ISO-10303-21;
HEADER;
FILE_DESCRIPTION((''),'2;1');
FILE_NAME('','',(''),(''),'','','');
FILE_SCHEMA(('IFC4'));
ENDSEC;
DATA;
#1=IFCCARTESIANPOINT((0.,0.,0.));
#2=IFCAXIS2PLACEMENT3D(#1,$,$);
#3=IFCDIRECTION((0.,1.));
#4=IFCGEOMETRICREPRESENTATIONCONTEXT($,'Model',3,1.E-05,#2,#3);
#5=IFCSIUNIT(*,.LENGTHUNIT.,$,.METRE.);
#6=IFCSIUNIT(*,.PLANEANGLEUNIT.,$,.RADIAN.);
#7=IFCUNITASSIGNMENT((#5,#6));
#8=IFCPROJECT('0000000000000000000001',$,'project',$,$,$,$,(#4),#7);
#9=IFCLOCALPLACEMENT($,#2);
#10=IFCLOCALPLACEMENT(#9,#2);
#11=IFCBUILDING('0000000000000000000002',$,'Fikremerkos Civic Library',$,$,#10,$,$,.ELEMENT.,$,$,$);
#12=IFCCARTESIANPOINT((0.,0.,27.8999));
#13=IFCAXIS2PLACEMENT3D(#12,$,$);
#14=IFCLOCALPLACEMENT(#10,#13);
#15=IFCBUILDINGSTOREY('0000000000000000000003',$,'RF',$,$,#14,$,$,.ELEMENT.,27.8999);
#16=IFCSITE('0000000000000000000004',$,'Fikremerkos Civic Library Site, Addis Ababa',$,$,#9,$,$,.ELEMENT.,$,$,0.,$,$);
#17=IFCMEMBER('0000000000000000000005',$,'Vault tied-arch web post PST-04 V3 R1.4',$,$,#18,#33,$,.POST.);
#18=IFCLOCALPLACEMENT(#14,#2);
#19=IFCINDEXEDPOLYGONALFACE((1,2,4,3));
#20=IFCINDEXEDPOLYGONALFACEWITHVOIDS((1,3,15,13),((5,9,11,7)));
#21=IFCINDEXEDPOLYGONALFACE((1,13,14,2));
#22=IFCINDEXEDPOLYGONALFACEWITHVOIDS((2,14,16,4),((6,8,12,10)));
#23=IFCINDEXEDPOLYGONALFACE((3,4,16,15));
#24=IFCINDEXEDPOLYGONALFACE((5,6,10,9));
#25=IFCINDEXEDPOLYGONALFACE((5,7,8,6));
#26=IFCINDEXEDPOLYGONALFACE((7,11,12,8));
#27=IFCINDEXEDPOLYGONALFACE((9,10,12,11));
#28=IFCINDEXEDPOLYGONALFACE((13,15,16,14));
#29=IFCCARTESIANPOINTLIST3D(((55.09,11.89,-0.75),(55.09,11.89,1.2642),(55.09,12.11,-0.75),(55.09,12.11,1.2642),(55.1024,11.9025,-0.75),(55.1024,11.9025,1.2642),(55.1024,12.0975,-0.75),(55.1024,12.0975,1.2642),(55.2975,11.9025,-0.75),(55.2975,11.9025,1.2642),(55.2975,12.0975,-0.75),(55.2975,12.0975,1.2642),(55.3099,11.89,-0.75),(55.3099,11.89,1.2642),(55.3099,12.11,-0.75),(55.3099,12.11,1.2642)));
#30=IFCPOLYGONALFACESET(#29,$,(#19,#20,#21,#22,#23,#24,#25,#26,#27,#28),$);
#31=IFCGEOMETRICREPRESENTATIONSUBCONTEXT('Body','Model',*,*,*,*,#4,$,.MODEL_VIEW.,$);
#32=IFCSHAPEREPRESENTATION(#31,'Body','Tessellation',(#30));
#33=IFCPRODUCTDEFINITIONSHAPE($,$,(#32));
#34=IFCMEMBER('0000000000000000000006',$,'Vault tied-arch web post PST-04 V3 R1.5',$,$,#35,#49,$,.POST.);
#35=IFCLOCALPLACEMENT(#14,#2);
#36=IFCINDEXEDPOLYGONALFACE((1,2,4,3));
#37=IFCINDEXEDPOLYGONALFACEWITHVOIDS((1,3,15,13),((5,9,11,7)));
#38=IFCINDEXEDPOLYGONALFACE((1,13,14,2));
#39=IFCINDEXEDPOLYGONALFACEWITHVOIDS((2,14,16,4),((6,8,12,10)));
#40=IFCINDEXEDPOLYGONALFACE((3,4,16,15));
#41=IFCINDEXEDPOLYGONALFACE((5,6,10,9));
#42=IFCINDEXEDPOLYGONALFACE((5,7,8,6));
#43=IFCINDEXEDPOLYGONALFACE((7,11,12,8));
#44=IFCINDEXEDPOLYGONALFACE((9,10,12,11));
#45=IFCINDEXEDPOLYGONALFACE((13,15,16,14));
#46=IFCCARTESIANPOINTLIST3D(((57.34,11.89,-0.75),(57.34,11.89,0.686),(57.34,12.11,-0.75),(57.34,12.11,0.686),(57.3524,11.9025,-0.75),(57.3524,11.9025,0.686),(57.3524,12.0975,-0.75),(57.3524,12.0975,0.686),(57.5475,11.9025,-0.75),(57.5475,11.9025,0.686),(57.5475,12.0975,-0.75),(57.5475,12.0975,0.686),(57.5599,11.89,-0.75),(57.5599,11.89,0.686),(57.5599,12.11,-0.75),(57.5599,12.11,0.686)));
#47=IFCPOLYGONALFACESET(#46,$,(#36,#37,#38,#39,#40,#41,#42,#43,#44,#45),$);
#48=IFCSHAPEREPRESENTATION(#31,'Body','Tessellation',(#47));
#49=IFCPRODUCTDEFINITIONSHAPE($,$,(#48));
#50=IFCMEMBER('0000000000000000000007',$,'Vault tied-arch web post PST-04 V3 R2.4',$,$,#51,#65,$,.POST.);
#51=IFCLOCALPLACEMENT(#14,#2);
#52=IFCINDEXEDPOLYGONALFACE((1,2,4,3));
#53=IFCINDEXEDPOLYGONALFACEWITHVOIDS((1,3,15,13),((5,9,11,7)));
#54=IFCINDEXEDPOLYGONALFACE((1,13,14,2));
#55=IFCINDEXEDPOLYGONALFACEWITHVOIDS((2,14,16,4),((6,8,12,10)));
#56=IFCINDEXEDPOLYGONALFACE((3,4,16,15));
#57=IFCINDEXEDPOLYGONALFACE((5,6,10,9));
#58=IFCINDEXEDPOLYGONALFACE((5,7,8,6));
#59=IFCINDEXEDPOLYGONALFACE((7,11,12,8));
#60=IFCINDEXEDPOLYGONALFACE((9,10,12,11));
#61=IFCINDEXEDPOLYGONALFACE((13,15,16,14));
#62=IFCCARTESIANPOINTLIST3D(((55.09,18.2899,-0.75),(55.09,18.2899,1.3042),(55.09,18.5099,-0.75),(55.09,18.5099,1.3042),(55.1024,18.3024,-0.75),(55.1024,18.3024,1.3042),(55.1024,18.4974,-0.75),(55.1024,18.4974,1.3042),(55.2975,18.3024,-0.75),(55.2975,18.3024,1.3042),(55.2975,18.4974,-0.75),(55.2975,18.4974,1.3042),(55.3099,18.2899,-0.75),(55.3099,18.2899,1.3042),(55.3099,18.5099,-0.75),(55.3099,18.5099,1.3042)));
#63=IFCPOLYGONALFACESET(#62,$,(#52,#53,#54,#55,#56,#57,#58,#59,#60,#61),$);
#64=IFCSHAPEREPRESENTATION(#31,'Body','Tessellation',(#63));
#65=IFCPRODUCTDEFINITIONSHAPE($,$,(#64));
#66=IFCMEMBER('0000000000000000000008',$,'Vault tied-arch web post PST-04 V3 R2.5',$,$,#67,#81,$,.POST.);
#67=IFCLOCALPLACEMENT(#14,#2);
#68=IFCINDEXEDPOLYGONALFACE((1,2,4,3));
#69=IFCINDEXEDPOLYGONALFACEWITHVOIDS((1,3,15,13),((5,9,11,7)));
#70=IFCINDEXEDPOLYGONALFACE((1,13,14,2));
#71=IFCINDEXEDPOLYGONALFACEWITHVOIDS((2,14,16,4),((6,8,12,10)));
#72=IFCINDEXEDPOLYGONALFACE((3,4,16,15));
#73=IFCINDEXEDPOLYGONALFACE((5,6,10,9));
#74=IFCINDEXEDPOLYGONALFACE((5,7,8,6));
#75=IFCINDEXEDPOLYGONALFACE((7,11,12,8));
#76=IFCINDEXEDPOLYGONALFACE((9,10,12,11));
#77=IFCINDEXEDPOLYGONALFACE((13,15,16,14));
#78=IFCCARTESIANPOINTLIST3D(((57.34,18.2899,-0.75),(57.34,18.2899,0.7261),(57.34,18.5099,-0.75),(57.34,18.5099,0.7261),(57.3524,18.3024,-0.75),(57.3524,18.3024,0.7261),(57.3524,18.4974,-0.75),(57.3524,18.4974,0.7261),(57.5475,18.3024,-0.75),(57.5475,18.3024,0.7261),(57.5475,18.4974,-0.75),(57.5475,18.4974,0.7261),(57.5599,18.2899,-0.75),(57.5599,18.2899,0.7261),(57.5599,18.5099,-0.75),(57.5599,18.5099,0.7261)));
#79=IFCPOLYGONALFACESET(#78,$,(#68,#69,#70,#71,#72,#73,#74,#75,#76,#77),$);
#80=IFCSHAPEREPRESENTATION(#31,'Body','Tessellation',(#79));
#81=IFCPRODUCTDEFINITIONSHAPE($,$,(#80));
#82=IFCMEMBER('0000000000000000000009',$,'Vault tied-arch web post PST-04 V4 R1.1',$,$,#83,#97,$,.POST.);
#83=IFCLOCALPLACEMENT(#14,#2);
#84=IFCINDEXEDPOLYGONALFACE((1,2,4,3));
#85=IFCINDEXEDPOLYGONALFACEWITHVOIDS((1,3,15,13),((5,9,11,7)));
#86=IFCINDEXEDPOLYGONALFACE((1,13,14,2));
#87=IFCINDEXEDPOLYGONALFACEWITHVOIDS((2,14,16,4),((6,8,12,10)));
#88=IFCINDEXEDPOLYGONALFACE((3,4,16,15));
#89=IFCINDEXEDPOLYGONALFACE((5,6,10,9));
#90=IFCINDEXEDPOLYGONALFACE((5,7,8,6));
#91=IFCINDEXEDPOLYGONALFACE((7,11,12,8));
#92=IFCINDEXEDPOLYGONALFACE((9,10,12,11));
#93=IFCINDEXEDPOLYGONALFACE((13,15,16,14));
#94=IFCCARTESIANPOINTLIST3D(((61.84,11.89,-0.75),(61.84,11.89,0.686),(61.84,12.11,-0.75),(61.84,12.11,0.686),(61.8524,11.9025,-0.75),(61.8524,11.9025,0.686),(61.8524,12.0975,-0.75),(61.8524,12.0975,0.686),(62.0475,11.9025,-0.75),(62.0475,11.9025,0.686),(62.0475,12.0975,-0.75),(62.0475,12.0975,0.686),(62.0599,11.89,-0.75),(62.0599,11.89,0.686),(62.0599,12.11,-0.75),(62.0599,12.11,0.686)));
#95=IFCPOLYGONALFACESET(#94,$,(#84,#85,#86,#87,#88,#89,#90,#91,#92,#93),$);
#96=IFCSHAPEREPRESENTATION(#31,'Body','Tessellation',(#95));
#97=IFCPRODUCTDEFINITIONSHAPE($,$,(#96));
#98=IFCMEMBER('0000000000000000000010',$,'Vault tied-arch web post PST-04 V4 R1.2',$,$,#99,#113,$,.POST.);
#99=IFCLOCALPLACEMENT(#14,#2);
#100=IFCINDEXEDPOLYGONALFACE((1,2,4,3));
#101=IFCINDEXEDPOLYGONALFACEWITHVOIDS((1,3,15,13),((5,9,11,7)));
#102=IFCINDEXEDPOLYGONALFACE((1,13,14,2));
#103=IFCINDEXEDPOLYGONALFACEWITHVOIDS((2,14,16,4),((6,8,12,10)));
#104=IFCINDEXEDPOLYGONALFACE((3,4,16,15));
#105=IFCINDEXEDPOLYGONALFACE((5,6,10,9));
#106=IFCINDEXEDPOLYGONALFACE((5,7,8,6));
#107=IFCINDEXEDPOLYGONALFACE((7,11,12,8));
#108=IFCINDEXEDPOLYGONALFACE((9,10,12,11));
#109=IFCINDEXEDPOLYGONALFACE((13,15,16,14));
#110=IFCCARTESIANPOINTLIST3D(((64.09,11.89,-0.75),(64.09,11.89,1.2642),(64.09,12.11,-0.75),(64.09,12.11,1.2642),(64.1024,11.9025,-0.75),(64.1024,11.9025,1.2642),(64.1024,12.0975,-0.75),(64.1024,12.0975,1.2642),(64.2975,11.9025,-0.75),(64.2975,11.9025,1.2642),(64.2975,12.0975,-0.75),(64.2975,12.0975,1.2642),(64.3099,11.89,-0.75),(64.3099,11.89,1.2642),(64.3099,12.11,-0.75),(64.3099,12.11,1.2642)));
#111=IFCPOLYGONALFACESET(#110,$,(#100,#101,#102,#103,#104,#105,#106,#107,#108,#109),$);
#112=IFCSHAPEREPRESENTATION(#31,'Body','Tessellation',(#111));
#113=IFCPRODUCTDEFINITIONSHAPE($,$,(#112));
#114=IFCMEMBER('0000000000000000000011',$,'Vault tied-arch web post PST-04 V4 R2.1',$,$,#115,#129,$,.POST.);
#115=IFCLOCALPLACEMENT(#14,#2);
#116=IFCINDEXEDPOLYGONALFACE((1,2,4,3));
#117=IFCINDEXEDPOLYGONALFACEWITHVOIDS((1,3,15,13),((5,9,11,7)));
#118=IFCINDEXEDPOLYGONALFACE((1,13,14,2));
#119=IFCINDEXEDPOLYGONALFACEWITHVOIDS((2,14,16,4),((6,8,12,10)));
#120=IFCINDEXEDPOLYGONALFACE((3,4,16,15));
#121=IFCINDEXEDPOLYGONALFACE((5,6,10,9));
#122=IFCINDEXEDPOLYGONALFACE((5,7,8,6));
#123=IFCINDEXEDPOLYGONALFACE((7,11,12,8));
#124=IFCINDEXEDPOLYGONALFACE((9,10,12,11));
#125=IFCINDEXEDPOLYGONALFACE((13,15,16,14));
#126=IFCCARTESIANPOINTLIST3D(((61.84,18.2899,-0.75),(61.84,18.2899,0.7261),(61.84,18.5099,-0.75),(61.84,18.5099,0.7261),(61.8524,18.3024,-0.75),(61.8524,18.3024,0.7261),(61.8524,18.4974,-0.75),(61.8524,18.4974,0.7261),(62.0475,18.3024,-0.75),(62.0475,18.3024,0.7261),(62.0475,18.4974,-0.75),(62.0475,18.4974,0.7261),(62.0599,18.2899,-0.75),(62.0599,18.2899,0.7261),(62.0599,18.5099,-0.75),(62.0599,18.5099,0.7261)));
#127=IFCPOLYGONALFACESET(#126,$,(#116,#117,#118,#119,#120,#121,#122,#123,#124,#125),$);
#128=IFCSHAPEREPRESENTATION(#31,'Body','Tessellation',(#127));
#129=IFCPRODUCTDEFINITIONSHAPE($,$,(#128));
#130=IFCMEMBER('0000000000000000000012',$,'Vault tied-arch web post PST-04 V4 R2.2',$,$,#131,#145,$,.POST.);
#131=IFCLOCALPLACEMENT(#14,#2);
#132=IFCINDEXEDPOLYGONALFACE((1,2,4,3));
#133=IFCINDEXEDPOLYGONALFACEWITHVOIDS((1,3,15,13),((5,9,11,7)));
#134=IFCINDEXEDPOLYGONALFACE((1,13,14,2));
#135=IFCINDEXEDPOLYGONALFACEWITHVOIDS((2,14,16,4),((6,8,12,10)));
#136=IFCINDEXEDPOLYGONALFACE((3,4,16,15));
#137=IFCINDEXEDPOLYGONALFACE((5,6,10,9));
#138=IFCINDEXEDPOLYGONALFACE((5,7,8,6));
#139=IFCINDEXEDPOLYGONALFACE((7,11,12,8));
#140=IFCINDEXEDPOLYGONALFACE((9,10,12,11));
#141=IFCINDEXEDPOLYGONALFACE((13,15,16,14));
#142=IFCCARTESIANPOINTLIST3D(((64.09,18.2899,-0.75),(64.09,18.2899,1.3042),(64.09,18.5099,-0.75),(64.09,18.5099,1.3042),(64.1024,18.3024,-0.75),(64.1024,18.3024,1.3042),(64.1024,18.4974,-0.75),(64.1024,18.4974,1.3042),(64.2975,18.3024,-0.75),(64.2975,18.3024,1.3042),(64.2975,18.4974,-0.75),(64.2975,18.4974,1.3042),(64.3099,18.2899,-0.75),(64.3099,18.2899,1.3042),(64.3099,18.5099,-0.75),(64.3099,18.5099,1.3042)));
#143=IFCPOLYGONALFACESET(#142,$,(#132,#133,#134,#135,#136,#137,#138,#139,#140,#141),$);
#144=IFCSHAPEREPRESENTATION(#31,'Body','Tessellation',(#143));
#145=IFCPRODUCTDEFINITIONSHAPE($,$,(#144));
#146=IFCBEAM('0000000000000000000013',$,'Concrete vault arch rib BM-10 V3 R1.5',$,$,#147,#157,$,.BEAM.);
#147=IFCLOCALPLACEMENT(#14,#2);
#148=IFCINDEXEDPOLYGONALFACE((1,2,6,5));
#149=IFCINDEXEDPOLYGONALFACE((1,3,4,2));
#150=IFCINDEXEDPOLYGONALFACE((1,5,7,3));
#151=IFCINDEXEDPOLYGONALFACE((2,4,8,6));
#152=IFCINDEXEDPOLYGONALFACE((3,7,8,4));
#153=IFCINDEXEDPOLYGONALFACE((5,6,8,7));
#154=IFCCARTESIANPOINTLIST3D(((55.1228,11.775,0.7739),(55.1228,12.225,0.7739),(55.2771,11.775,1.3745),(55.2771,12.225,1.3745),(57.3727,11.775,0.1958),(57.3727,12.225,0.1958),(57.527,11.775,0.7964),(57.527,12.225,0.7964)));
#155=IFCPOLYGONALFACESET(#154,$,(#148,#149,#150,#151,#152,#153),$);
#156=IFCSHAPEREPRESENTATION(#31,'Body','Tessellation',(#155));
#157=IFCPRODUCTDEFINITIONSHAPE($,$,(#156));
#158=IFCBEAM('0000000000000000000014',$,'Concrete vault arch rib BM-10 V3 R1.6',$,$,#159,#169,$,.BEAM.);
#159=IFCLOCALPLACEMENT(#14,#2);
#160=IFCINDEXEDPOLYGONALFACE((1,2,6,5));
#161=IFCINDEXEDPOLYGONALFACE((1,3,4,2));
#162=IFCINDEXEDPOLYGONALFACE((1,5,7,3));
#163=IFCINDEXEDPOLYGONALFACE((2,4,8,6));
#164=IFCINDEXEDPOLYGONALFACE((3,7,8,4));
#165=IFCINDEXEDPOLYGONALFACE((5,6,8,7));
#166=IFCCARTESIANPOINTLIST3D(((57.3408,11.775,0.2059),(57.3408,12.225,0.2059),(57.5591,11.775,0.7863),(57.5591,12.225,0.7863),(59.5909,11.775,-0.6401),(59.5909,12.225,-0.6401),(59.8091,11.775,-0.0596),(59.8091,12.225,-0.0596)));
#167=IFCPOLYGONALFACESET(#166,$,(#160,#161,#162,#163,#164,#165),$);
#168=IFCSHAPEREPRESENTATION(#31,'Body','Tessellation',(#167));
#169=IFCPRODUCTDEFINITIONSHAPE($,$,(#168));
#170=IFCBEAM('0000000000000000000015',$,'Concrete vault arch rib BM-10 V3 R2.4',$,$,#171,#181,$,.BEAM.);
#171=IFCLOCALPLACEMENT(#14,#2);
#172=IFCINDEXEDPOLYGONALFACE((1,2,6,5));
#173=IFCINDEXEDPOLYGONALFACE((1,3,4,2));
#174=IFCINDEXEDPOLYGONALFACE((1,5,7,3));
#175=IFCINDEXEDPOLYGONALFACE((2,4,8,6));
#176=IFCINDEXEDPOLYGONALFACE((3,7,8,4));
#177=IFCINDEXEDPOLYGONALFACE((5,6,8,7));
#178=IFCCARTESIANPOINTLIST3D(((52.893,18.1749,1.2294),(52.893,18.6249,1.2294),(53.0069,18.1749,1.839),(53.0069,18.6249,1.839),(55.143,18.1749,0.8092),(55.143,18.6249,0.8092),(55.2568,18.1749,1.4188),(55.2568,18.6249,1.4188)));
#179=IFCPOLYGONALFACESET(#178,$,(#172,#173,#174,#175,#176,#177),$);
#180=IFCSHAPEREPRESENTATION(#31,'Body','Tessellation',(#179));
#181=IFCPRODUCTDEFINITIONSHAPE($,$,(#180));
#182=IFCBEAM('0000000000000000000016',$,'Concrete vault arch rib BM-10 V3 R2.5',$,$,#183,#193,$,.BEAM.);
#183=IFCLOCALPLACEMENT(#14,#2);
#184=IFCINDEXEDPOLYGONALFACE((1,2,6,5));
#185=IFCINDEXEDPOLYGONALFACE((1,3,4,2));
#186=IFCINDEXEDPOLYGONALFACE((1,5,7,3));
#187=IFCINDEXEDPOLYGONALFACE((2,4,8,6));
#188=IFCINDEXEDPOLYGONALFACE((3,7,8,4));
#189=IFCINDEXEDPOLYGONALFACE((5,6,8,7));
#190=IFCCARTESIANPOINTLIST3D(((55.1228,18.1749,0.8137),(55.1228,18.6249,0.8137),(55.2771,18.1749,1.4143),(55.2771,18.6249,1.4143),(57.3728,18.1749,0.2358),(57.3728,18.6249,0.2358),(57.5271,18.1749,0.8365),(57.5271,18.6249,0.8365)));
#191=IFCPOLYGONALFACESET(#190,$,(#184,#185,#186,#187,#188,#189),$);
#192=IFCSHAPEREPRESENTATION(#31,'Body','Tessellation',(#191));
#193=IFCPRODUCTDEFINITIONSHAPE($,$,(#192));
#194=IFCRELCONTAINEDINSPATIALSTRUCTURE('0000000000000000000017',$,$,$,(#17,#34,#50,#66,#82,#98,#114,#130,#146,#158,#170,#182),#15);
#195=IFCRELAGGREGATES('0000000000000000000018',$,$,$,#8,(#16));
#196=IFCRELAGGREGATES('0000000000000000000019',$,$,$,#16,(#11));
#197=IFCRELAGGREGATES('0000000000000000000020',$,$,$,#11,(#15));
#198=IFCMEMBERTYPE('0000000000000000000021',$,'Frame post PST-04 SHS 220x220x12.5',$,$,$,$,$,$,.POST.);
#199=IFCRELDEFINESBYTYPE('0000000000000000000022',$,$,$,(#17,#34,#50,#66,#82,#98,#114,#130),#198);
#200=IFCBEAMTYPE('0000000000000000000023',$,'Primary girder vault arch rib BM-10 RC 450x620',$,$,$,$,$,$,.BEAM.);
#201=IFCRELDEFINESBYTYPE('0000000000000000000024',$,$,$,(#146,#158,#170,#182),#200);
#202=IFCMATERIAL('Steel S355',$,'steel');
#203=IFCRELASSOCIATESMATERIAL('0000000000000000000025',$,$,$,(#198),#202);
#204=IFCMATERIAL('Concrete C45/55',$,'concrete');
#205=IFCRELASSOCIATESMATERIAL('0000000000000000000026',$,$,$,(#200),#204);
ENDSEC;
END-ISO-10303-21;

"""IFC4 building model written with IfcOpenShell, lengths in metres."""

from ifc_helpers import new_model, si_unit, direction, frame, origin, origin_2d, place, context, subcontext, project, spatial, rectangle, hollow_rectangle, extrude, material, material_profile, profile_set, type_object, element, save


model = new_model("IFC4")

# Units and contexts
model_context = context("Model", 3, precision=1e-05, world=origin(), true_north=direction((0.0, 1.0)))
body_context = subcontext(model_context, "Body", "Model", "MODEL_VIEW")
ifc_project = project(units=[si_unit("LENGTHUNIT", "METRE"), si_unit("PLANEANGLEUNIT", "RADIAN")], contexts=[model_context])

# Site, building, storey
site_placement = place(None, origin())
site = spatial("IfcSite", under=ifc_project, at=site_placement, Name="Fikremerkos Civic Library Site, Addis Ababa", CompositionType="ELEMENT", RefElevation=0.0)
building_placement = place(site_placement, origin())
building = spatial("IfcBuilding", under=site, at=building_placement, Name="Fikremerkos Civic Library", CompositionType="ELEMENT")
storey_placement = place(building_placement, frame((0.0, 0.0, 27.8999)))
storey = spatial("IfcBuildingStorey", under=building, at=storey_placement, Name="RF", CompositionType="ELEMENT", Elevation=27.8999)

# Members
ifc_material_1 = material(Name="Steel S355", Category="steel")
ifc_material_profile_1 = material_profile(ifc_material_1, hollow_rectangle(XDim=0.22, YDim=0.22, WallThickness=0.0125, at=origin_2d()), Name="SHS 220x220x12.5")
ifc_profile_set_1 = profile_set([ifc_material_profile_1], Name="Steel S355")
member_type_1 = type_object("IfcMemberType", Name="Frame post PST-04 SHS 220x220x12.5", PredefinedType="POST", material=ifc_profile_set_1)
member_1_placement = place(storey_placement, frame((55.2, 12.0, -0.75), z_axis=(0.0, 0.0, 1.0), x_axis=(1.0, 0.0, 0.0)))
element("IfcMember", 1, at=member_1_placement, inside=storey, type_object=member_type_1, Name="Vault tied-arch web post PST-04 V3 R1.4", PredefinedType="POST", context=body_context, shape_type="SweptSolid", body=[
    extrude(hollow_rectangle(XDim=0.22, YDim=0.22, WallThickness=0.0125, at=origin_2d()), origin(), (0.0, 0.0, 1.0), 2.0142),
])
member_2_placement = place(storey_placement, frame((57.45, 12.0, -0.75), z_axis=(0.0, 0.0, 1.0), x_axis=(1.0, 0.0, 0.0)))
element("IfcMember", 2, at=member_2_placement, inside=storey, type_object=member_type_1, Name="Vault tied-arch web post PST-04 V3 R1.5", PredefinedType="POST", context=body_context, shape_type="SweptSolid", body=[
    extrude(hollow_rectangle(XDim=0.22, YDim=0.22, WallThickness=0.0125, at=origin_2d()), origin(), (0.0, 0.0, 1.0), 1.436),
])
member_3_placement = place(storey_placement, frame((55.2, 18.3999, -0.75), z_axis=(0.0, 0.0, 1.0), x_axis=(1.0, 0.0, 0.0)))
element("IfcMember", 3, at=member_3_placement, inside=storey, type_object=member_type_1, Name="Vault tied-arch web post PST-04 V3 R2.4", PredefinedType="POST", context=body_context, shape_type="SweptSolid", body=[
    extrude(hollow_rectangle(XDim=0.22, YDim=0.22, WallThickness=0.0125, at=origin_2d()), origin(), (0.0, 0.0, 1.0), 2.0542),
])
member_4_placement = place(storey_placement, frame((57.45, 18.3999, -0.75), z_axis=(0.0, 0.0, 1.0), x_axis=(1.0, 0.0, 0.0)))
element("IfcMember", 4, at=member_4_placement, inside=storey, type_object=member_type_1, Name="Vault tied-arch web post PST-04 V3 R2.5", PredefinedType="POST", context=body_context, shape_type="SweptSolid", body=[
    extrude(hollow_rectangle(XDim=0.22, YDim=0.22, WallThickness=0.0125, at=origin_2d()), origin(), (0.0, 0.0, 1.0), 1.4761),
])
member_5_placement = place(storey_placement, frame((61.95, 12.0, -0.75), z_axis=(0.0, 0.0, 1.0), x_axis=(1.0, 0.0, 0.0)))
element("IfcMember", 5, at=member_5_placement, inside=storey, type_object=member_type_1, Name="Vault tied-arch web post PST-04 V4 R1.1", PredefinedType="POST", context=body_context, shape_type="SweptSolid", body=[
    extrude(hollow_rectangle(XDim=0.22, YDim=0.22, WallThickness=0.0125, at=origin_2d()), origin(), (0.0, 0.0, 1.0), 1.436),
])
member_6_placement = place(storey_placement, frame((64.2, 12.0, -0.75), z_axis=(0.0, 0.0, 1.0), x_axis=(1.0, 0.0, 0.0)))
element("IfcMember", 6, at=member_6_placement, inside=storey, type_object=member_type_1, Name="Vault tied-arch web post PST-04 V4 R1.2", PredefinedType="POST", context=body_context, shape_type="SweptSolid", body=[
    extrude(hollow_rectangle(XDim=0.22, YDim=0.22, WallThickness=0.0125, at=origin_2d()), origin(), (0.0, 0.0, 1.0), 2.0142),
])
member_7_placement = place(storey_placement, frame((61.95, 18.3999, -0.75), z_axis=(0.0, 0.0, 1.0), x_axis=(1.0, 0.0, 0.0)))
element("IfcMember", 7, at=member_7_placement, inside=storey, type_object=member_type_1, Name="Vault tied-arch web post PST-04 V4 R2.1", PredefinedType="POST", context=body_context, shape_type="SweptSolid", body=[
    extrude(hollow_rectangle(XDim=0.22, YDim=0.22, WallThickness=0.0125, at=origin_2d()), origin(), (0.0, 0.0, 1.0), 1.4761),
])
member_8_placement = place(storey_placement, frame((64.2, 18.3999, -0.75), z_axis=(0.0, 0.0, 1.0), x_axis=(1.0, 0.0, 0.0)))
element("IfcMember", 8, at=member_8_placement, inside=storey, type_object=member_type_1, Name="Vault tied-arch web post PST-04 V4 R2.2", PredefinedType="POST", context=body_context, shape_type="SweptSolid", body=[
    extrude(hollow_rectangle(XDim=0.22, YDim=0.22, WallThickness=0.0125, at=origin_2d()), origin(), (0.0, 0.0, 1.0), 2.0542),
])

# Beams
ifc_material_2 = material(Name="Concrete C45/55", Category="concrete")
ifc_material_profile_2 = material_profile(ifc_material_2, rectangle(XDim=0.45, YDim=0.6201, at=origin_2d()), Name="RC 450x620")
ifc_profile_set_2 = profile_set([ifc_material_profile_2], Name="Concrete C45/55")
beam_type_1 = type_object("IfcBeamType", Name="Primary girder vault arch rib BM-10 RC 450x620", PredefinedType="BEAM", material=ifc_profile_set_2)
beam_1_placement = place(storey_placement, frame((55.2, 12.0, 1.0742), z_axis=(0.968539, 0.0, -0.248861), x_axis=(0.0, 1.0, 0.0)))
element("IfcBeam", 9, at=beam_1_placement, inside=storey, type_object=beam_type_1, Name="Concrete vault arch rib BM-10 V3 R1.5", PredefinedType="BEAM", context=body_context, shape_type="SweptSolid", body=[
    extrude(rectangle(XDim=0.45, YDim=0.6201, at=origin_2d()), origin(), (0.0, 0.0, 1.0), 2.323),
])
beam_2_placement = place(storey_placement, frame((57.45, 12.0, 0.4961), z_axis=(0.936028, 0.0, -0.351925), x_axis=(0.0, 1.0, 0.0)))
element("IfcBeam", 10, at=beam_2_placement, inside=storey, type_object=beam_type_1, Name="Concrete vault arch rib BM-10 V3 R1.6", PredefinedType="BEAM", context=body_context, shape_type="SweptSolid", body=[
    extrude(rectangle(XDim=0.45, YDim=0.6201, at=origin_2d()), origin(), (0.0, 0.0, 1.0), 2.4038),
])
beam_3_placement = place(storey_placement, frame((52.95, 18.3999, 1.5342), z_axis=(0.983007, 0.0, -0.183567), x_axis=(0.0, 1.0, 0.0)))
element("IfcBeam", 11, at=beam_3_placement, inside=storey, type_object=beam_type_1, Name="Concrete vault arch rib BM-10 V3 R2.4", PredefinedType="BEAM", context=body_context, shape_type="SweptSolid", body=[
    extrude(rectangle(XDim=0.45, YDim=0.6201, at=origin_2d()), origin(), (0.0, 0.0, 1.0), 2.2888),
])
beam_4_placement = place(storey_placement, frame((55.2, 18.3999, 1.114), z_axis=(0.968565, 0.0, -0.248762), x_axis=(0.0, 1.0, 0.0)))
element("IfcBeam", 12, at=beam_4_placement, inside=storey, type_object=beam_type_1, Name="Concrete vault arch rib BM-10 V3 R2.5", PredefinedType="BEAM", context=body_context, shape_type="SweptSolid", body=[
    extrude(rectangle(XDim=0.45, YDim=0.6201, at=origin_2d()), origin(), (0.0, 0.0, 1.0), 2.323),
])

save(model, "model.ifc")
